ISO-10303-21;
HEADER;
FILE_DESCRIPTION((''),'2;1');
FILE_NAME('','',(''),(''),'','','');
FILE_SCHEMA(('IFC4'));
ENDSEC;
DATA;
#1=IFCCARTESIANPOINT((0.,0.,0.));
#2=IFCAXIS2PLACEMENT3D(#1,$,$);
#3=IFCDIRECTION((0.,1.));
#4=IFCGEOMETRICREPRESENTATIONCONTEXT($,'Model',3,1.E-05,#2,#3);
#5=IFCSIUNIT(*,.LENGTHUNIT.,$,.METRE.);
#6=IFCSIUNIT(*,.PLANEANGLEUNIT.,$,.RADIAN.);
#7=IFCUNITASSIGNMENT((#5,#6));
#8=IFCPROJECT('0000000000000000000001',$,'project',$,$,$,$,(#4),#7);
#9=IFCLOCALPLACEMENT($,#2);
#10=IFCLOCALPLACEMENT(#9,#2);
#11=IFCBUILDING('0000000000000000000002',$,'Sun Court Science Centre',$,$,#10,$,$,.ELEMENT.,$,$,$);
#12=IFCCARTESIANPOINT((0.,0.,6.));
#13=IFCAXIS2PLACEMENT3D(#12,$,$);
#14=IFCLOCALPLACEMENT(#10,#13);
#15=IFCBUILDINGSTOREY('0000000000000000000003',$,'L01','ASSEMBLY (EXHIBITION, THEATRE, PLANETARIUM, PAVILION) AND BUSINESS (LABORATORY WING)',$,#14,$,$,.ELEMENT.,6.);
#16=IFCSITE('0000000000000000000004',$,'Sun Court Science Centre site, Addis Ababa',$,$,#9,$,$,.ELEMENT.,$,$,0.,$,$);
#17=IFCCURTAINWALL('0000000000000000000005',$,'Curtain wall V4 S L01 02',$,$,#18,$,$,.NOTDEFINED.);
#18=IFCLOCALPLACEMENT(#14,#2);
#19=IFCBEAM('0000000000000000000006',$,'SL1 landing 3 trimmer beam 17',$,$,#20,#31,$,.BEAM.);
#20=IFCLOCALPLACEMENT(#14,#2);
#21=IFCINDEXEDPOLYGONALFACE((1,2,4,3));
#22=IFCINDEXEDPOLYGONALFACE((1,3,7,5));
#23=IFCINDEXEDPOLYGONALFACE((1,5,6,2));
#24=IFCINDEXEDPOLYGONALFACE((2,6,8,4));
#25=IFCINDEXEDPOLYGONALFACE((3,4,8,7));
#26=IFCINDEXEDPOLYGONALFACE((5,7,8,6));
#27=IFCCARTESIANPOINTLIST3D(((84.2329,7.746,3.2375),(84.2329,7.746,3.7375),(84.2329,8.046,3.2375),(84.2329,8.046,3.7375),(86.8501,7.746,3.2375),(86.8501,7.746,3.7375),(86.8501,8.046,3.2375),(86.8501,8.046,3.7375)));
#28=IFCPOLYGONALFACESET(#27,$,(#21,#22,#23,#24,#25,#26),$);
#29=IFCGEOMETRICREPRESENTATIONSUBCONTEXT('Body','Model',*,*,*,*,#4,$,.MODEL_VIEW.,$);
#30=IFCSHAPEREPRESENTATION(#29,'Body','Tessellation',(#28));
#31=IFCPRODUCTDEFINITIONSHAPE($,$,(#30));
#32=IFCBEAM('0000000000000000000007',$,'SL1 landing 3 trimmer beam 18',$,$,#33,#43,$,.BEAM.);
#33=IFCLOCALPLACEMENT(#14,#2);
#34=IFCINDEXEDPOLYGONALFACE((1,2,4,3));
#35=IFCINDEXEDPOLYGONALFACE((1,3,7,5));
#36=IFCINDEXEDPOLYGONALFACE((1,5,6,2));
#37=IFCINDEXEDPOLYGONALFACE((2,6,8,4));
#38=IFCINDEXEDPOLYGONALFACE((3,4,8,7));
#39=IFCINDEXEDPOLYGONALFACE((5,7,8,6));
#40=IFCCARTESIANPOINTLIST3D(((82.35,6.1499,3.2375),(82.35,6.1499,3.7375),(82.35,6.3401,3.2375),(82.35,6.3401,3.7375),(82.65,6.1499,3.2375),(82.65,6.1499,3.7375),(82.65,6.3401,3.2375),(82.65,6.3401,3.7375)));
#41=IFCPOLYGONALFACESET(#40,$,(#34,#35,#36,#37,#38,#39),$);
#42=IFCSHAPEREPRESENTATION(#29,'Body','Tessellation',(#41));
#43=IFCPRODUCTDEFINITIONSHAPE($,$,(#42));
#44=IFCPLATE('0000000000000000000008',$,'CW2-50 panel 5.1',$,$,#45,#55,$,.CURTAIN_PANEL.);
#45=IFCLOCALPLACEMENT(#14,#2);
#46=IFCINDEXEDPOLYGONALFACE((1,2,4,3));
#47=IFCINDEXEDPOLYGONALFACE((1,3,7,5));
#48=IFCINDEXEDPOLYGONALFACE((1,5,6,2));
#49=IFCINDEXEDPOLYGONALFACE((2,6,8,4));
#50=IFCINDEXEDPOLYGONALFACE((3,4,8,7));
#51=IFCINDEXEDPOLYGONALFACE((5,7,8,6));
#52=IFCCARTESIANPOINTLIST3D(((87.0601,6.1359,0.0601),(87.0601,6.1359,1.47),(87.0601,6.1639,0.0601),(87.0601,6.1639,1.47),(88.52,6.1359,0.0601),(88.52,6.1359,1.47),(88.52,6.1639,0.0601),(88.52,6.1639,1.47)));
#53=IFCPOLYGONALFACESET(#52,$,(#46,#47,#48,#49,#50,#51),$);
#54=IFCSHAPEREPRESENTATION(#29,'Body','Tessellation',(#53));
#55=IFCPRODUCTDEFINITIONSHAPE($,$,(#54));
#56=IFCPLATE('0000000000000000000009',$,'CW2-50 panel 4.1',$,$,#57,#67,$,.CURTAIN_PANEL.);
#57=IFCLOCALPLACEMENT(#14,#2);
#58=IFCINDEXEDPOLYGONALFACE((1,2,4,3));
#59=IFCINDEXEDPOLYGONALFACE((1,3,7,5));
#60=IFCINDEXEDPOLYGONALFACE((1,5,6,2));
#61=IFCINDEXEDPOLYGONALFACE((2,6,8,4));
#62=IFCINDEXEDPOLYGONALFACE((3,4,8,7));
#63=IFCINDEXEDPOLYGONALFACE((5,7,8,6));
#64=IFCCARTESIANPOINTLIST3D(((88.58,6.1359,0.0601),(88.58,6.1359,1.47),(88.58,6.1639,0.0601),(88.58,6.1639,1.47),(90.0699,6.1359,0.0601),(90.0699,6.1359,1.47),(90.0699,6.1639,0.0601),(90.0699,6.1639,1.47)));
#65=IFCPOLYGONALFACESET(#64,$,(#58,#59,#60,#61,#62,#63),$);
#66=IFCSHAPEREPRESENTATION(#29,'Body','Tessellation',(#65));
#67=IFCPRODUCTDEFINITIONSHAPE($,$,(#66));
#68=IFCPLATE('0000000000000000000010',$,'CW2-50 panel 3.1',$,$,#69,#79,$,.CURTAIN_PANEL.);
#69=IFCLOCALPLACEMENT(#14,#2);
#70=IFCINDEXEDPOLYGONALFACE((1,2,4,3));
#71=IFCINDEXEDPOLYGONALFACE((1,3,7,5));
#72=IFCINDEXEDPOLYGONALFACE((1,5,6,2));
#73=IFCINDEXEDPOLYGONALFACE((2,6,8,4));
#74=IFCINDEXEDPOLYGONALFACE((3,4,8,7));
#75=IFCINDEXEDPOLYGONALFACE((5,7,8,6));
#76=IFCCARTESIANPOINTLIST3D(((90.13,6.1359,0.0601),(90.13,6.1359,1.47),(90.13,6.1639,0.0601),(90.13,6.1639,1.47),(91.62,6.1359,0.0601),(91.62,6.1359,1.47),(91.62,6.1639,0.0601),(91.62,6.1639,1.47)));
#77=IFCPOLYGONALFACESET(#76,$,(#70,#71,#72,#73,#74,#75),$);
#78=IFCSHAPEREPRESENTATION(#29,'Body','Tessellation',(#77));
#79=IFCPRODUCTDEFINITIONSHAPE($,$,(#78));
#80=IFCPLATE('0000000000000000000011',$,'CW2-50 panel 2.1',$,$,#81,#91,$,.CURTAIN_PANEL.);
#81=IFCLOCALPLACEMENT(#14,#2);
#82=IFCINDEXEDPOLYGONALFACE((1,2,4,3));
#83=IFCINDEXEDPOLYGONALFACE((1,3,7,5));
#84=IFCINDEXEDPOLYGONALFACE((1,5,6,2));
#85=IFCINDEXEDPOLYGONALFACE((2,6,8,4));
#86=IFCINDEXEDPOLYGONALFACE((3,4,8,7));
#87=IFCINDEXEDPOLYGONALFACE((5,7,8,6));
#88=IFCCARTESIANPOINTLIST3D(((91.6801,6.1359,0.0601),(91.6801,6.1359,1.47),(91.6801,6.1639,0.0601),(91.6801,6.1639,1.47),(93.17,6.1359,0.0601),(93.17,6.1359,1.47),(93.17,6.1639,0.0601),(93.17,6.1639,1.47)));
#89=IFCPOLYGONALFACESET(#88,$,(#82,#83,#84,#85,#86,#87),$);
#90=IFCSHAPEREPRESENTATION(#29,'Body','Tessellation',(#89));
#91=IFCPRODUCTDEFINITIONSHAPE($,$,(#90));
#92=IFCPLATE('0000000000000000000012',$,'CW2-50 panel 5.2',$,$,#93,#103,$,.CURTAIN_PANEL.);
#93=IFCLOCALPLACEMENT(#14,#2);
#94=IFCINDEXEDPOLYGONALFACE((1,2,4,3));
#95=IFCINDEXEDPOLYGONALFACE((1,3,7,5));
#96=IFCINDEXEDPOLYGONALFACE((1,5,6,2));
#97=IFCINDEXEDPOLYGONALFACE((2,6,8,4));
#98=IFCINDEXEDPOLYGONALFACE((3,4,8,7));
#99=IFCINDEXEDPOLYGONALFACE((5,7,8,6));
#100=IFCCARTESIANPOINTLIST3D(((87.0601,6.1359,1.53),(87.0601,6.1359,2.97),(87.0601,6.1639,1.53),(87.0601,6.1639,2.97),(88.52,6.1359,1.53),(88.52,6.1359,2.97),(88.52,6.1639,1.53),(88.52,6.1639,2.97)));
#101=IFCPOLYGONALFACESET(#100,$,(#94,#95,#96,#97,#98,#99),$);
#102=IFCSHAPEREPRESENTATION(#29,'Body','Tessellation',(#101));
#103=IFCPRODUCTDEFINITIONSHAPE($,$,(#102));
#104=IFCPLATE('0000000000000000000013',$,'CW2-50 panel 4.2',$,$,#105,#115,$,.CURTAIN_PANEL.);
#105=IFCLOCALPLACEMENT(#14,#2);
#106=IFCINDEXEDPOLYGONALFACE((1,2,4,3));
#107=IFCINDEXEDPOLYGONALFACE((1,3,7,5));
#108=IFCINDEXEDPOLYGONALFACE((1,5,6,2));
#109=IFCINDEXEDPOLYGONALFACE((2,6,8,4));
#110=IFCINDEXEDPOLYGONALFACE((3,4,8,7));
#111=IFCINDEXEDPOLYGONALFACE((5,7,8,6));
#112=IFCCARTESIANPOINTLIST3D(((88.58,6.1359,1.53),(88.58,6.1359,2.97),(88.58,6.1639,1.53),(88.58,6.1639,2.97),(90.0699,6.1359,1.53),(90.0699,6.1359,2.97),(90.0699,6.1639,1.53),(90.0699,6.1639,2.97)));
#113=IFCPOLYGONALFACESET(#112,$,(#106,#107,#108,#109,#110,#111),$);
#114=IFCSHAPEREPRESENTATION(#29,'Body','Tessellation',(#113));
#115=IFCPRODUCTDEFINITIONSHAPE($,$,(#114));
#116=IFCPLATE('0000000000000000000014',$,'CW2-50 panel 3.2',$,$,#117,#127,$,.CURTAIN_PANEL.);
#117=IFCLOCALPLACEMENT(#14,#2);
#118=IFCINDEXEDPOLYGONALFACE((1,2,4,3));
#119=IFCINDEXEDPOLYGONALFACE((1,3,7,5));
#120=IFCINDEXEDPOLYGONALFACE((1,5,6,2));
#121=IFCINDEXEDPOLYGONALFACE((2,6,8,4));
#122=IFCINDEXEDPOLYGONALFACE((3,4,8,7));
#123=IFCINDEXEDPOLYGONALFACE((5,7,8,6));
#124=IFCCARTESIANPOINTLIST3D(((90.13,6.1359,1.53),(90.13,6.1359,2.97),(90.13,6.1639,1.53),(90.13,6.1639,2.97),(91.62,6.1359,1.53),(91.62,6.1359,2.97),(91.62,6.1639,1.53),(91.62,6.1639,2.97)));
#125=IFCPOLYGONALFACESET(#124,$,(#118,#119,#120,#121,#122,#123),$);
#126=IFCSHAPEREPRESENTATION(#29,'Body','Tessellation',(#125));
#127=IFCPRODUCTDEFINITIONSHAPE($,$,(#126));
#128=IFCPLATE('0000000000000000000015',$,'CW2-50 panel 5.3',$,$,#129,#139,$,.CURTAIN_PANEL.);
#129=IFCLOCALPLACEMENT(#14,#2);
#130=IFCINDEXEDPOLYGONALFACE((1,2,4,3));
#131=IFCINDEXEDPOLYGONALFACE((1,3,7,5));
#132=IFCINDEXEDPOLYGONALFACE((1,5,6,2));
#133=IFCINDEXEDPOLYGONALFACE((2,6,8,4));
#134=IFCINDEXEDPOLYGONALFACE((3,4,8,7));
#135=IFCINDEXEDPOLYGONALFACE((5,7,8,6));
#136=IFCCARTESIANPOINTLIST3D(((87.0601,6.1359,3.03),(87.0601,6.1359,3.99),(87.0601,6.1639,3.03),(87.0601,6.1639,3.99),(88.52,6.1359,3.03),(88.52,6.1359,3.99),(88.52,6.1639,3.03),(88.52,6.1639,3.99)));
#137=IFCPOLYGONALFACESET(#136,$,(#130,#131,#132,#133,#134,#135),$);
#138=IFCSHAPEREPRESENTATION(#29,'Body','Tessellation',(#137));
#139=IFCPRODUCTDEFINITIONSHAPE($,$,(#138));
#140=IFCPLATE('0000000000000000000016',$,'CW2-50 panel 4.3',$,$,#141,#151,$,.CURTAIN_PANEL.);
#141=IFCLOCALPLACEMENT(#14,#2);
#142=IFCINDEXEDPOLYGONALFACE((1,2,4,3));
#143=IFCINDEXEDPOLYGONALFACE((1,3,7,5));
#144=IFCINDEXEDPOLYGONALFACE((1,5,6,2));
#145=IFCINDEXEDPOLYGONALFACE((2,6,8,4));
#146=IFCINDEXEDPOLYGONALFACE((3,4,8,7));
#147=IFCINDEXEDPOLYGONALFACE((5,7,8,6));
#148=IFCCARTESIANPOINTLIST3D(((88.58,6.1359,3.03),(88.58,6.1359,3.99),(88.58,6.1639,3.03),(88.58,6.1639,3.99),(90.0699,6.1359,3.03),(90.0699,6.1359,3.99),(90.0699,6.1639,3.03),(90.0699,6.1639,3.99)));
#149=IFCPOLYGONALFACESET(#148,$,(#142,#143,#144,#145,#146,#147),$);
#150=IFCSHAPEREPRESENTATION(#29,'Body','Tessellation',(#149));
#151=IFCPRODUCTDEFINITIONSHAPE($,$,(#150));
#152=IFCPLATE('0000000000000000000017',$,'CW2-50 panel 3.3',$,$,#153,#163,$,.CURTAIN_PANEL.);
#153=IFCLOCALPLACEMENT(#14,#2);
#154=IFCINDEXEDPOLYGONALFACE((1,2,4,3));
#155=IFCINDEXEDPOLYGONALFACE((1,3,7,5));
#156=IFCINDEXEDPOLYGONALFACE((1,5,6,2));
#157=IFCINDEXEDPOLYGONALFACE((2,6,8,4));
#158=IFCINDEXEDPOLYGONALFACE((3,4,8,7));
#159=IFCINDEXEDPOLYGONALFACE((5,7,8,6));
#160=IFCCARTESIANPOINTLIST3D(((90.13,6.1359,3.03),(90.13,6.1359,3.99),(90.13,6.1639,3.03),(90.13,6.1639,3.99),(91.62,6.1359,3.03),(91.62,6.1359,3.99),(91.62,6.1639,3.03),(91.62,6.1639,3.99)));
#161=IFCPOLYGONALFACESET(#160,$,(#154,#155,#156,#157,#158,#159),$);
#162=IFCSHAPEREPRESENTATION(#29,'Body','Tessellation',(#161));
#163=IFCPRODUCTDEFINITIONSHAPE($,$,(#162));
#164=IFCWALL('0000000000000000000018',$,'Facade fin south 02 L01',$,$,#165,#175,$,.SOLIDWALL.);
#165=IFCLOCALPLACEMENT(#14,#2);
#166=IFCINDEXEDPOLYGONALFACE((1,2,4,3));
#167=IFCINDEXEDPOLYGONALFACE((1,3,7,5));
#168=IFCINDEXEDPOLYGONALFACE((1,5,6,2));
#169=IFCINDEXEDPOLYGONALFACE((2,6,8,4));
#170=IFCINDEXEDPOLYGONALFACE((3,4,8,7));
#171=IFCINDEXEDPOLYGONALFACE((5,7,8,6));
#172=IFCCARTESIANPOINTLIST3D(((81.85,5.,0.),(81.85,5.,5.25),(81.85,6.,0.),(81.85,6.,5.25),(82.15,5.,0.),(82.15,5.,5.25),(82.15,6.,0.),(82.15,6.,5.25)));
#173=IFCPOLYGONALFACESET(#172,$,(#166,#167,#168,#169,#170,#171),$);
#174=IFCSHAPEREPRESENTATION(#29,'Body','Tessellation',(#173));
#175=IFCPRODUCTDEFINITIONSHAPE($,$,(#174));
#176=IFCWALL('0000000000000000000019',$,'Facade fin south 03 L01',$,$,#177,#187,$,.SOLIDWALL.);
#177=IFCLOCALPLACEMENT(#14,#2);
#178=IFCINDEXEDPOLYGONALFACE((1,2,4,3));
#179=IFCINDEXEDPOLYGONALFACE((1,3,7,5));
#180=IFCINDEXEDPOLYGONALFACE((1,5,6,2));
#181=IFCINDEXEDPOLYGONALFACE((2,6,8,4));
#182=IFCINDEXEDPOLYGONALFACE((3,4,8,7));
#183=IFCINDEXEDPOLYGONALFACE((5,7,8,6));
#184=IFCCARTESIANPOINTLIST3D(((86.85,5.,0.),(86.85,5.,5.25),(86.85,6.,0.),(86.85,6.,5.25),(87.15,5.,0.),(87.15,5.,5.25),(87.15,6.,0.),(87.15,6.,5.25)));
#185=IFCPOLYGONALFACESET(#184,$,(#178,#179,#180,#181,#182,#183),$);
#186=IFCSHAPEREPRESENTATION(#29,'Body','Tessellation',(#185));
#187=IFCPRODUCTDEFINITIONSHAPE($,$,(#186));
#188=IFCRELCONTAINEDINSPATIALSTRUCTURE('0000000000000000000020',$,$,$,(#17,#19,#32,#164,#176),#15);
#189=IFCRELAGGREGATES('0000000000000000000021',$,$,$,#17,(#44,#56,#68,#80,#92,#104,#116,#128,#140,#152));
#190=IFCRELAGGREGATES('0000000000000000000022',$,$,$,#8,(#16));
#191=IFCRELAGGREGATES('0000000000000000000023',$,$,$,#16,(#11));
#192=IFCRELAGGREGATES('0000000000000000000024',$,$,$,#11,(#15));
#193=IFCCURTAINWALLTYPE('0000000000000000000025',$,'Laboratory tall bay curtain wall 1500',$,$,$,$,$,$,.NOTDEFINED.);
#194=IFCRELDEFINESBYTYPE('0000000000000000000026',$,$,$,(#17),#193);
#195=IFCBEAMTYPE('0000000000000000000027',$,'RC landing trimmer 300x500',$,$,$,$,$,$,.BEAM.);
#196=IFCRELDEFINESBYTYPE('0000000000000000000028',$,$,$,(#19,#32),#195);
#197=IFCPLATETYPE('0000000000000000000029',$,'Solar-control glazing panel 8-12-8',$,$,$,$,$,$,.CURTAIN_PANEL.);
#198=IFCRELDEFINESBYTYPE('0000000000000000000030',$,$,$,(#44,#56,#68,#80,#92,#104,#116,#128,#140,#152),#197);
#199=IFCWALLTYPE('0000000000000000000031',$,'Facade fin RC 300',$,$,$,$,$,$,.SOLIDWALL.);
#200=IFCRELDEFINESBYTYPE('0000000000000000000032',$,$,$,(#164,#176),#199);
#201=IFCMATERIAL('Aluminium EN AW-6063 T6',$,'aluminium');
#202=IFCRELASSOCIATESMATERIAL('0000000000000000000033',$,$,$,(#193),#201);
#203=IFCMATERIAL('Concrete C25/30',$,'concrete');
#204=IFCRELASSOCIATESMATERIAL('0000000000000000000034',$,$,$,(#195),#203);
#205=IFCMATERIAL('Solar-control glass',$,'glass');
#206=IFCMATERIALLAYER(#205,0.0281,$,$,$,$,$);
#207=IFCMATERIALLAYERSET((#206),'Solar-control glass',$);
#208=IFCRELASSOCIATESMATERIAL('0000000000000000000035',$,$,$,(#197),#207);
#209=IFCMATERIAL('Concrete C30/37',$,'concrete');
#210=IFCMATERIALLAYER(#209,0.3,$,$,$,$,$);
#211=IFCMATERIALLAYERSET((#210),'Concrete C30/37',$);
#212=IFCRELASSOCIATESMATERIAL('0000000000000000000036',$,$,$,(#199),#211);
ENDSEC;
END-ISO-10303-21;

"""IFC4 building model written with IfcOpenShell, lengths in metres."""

from ifc_helpers import new_model, si_unit, direction, frame, frame_2d, origin, origin_2d, place, context, subcontext, project, spatial, rectangle, extrude, material, layer, layer_set, material_profile, profile_set, type_object, element, aggregate, save


model = new_model("IFC4")

# Units and contexts
model_context = context("Model", 3, precision=1e-05, world=origin(), true_north=direction((0.0, 1.0)))
body_context = subcontext(model_context, "Body", "Model", "MODEL_VIEW")
ifc_project = project(units=[si_unit("LENGTHUNIT", "METRE"), si_unit("PLANEANGLEUNIT", "RADIAN")], contexts=[model_context])

# Site, building, storey
site_placement = place(None, origin())
site = spatial("IfcSite", under=ifc_project, at=site_placement, Name="Sun Court Science Centre site, Addis Ababa", CompositionType="ELEMENT", RefElevation=0.0)
building_placement = place(site_placement, origin())
building = spatial("IfcBuilding", under=site, at=building_placement, Name="Sun Court Science Centre", CompositionType="ELEMENT")
storey_placement = place(building_placement, frame((0.0, 0.0, 6.0)))
storey = spatial("IfcBuildingStorey", under=building, at=storey_placement, Name="L01", Description="ASSEMBLY (EXHIBITION, THEATRE, PLANETARIUM, PAVILION) AND BUSINESS (LABORATORY WING)", CompositionType="ELEMENT", Elevation=6.0)

# Curtain wall
ifc_material_1 = material(Name="Aluminium EN AW-6063 T6", Category="aluminium")
curtain_wall_type = type_object("IfcCurtainWallType", Name="Laboratory tall bay curtain wall 1500", PredefinedType="NOTDEFINED", material=ifc_material_1)
curtain_wall_placement = place(storey_placement, origin())
curtain_wall = element("IfcCurtainWall", 1, at=curtain_wall_placement, inside=storey, type_object=curtain_wall_type, Name="Curtain wall V4 S L01 02", PredefinedType="NOTDEFINED")

# Beams
ifc_material_2 = material(Name="Concrete C25/30", Category="concrete")
ifc_material_profile_1 = material_profile(ifc_material_2, rectangle(XDim=0.3, YDim=0.5, at=origin_2d()), Name="RC 300x500")
ifc_profile_set_1 = profile_set([ifc_material_profile_1], Name="Concrete C25/30")
beam_type_1 = type_object("IfcBeamType", Name="RC landing trimmer 300x500", PredefinedType="BEAM", material=ifc_profile_set_1)
beam_1_placement = place(storey_placement, frame((86.8501, 7.896, 3.4875), z_axis=(-1.0, 0.0, 0.0), x_axis=(0.0, -1.0, 0.0)))
element("IfcBeam", 2, at=beam_1_placement, inside=storey, type_object=beam_type_1, Name="SL1 landing 3 trimmer beam 17", PredefinedType="BEAM", context=body_context, shape_type="SweptSolid", body=[
    extrude(rectangle(XDim=0.3, YDim=0.5, at=origin_2d()), origin(), (0.0, 0.0, 1.0), 2.6172),
])
beam_2_placement = place(storey_placement, frame((82.5, 6.1499, 3.4875), z_axis=(0.0, 1.0, 0.0), x_axis=(-1.0, 0.0, 0.0)))
element("IfcBeam", 3, at=beam_2_placement, inside=storey, type_object=beam_type_1, Name="SL1 landing 3 trimmer beam 18", PredefinedType="BEAM", context=body_context, shape_type="SweptSolid", body=[
    extrude(rectangle(XDim=0.3, YDim=0.5, at=origin_2d()), origin(), (0.0, 0.0, 1.0), 0.1902),
])

# Plates
ifc_material_3 = material(Name="Solar-control glass", Category="glass")
ifc_layer_1 = layer(ifc_material_3, 0.0281)
ifc_layer_set_1 = layer_set([ifc_layer_1], Name="Solar-control glass")
plate_type = type_object("IfcPlateType", Name="Solar-control glazing panel 8-12-8", PredefinedType="CURTAIN_PANEL", material=ifc_layer_set_1)
plate_1_placement = place(storey_placement, frame((87.79, 6.1499, 0.0601), z_axis=(0.0, 0.0, 1.0), x_axis=(-1.0, 0.0, 0.0)))
plate_1 = element("IfcPlate", 4, at=plate_1_placement, type_object=plate_type, Name="CW2-50 panel 5.1", PredefinedType="CURTAIN_PANEL", context=body_context, shape_type="SweptSolid", body=[
    extrude(rectangle(XDim=1.46, YDim=0.0281, at=origin_2d()), origin(), (0.0, 0.0, 1.0), 1.4099),
])
plate_2_placement = place(storey_placement, frame((89.325, 6.1499, 0.0601), z_axis=(0.0, 0.0, 1.0), x_axis=(-1.0, 0.0, 0.0)))
plate_2 = element("IfcPlate", 5, at=plate_2_placement, type_object=plate_type, Name="CW2-50 panel 4.1", PredefinedType="CURTAIN_PANEL", context=body_context, shape_type="SweptSolid", body=[
    extrude(rectangle(XDim=1.49, YDim=0.0281, at=origin_2d()), origin(), (0.0, 0.0, 1.0), 1.4099),
])
plate_3_placement = place(storey_placement, frame((90.875, 6.1499, 0.0601), z_axis=(0.0, 0.0, 1.0), x_axis=(-1.0, 0.0, 0.0)))
plate_3 = element("IfcPlate", 6, at=plate_3_placement, type_object=plate_type, Name="CW2-50 panel 3.1", PredefinedType="CURTAIN_PANEL", context=body_context, shape_type="SweptSolid", body=[
    extrude(rectangle(XDim=1.49, YDim=0.0281, at=origin_2d()), origin(), (0.0, 0.0, 1.0), 1.4099),
])
plate_4_placement = place(storey_placement, frame((92.425, 6.1499, 0.0601), z_axis=(0.0, 0.0, 1.0), x_axis=(-1.0, 0.0, 0.0)))
plate_4 = element("IfcPlate", 7, at=plate_4_placement, type_object=plate_type, Name="CW2-50 panel 2.1", PredefinedType="CURTAIN_PANEL", context=body_context, shape_type="SweptSolid", body=[
    extrude(rectangle(XDim=1.49, YDim=0.0281, at=origin_2d()), origin(), (0.0, 0.0, 1.0), 1.4099),
])
plate_5_placement = place(storey_placement, frame((87.79, 6.1499, 1.53), z_axis=(0.0, 0.0, 1.0), x_axis=(-1.0, 0.0, 0.0)))
plate_5 = element("IfcPlate", 8, at=plate_5_placement, type_object=plate_type, Name="CW2-50 panel 5.2", PredefinedType="CURTAIN_PANEL", context=body_context, shape_type="SweptSolid", body=[
    extrude(rectangle(XDim=1.46, YDim=0.0281, at=origin_2d()), origin(), (0.0, 0.0, 1.0), 1.4399),
])
plate_6_placement = place(storey_placement, frame((89.325, 6.1499, 1.53), z_axis=(0.0, 0.0, 1.0), x_axis=(-1.0, 0.0, 0.0)))
plate_6 = element("IfcPlate", 9, at=plate_6_placement, type_object=plate_type, Name="CW2-50 panel 4.2", PredefinedType="CURTAIN_PANEL", context=body_context, shape_type="SweptSolid", body=[
    extrude(rectangle(XDim=1.49, YDim=0.0281, at=origin_2d()), origin(), (0.0, 0.0, 1.0), 1.4399),
])
plate_7_placement = place(storey_placement, frame((90.875, 6.1499, 1.53), z_axis=(0.0, 0.0, 1.0), x_axis=(-1.0, 0.0, 0.0)))
plate_7 = element("IfcPlate", 10, at=plate_7_placement, type_object=plate_type, Name="CW2-50 panel 3.2", PredefinedType="CURTAIN_PANEL", context=body_context, shape_type="SweptSolid", body=[
    extrude(rectangle(XDim=1.49, YDim=0.0281, at=origin_2d()), origin(), (0.0, 0.0, 1.0), 1.4399),
])
plate_8_placement = place(storey_placement, frame((87.79, 6.1499, 3.03), z_axis=(0.0, 0.0, 1.0), x_axis=(-1.0, 0.0, 0.0)))
plate_8 = element("IfcPlate", 11, at=plate_8_placement, type_object=plate_type, Name="CW2-50 panel 5.3", PredefinedType="CURTAIN_PANEL", context=body_context, shape_type="SweptSolid", body=[
    extrude(rectangle(XDim=1.46, YDim=0.0281, at=origin_2d()), origin(), (0.0, 0.0, 1.0), 0.96),
])
plate_9_placement = place(storey_placement, frame((89.325, 6.1499, 3.03), z_axis=(0.0, 0.0, 1.0), x_axis=(-1.0, 0.0, 0.0)))
plate_9 = element("IfcPlate", 12, at=plate_9_placement, type_object=plate_type, Name="CW2-50 panel 4.3", PredefinedType="CURTAIN_PANEL", context=body_context, shape_type="SweptSolid", body=[
    extrude(rectangle(XDim=1.49, YDim=0.0281, at=origin_2d()), origin(), (0.0, 0.0, 1.0), 0.96),
])
plate_10_placement = place(storey_placement, frame((90.875, 6.1499, 3.03), z_axis=(0.0, 0.0, 1.0), x_axis=(-1.0, 0.0, 0.0)))
plate_10 = element("IfcPlate", 13, at=plate_10_placement, type_object=plate_type, Name="CW2-50 panel 3.3", PredefinedType="CURTAIN_PANEL", context=body_context, shape_type="SweptSolid", body=[
    extrude(rectangle(XDim=1.49, YDim=0.0281, at=origin_2d()), origin(), (0.0, 0.0, 1.0), 0.96),
])
aggregate(curtain_wall, [plate_1, plate_2, plate_3, plate_4, plate_5, plate_6, plate_7, plate_8, plate_9, plate_10])

# Walls
ifc_material_4 = material(Name="Concrete C30/37", Category="concrete")
ifc_layer_2 = layer(ifc_material_4, 0.3)
ifc_layer_set_2 = layer_set([ifc_layer_2], Name="Concrete C30/37")
wall_type_1 = type_object("IfcWallType", Name="Facade fin RC 300", PredefinedType="SOLIDWALL", material=ifc_layer_set_2)
for number, where, z_axis, x_axis, name in (
    (14, (82.0, 6.0, 0.0), (0.0, 0.0, 1.0), (0.0, -1.0, 0.0), "Facade fin south 02 L01"),
    (15, (87.0, 6.0, 0.0), (0.0, 0.0, 1.0), (0.0, -1.0, 0.0), "Facade fin south 03 L01"),
):
    element("IfcWall", number, at=place(storey_placement, frame(where, z_axis=z_axis, x_axis=x_axis)), inside=storey, type_object=wall_type_1, Name=name, PredefinedType="SOLIDWALL", context=body_context, shape_type="SweptSolid", body=[
        extrude(rectangle(XDim=1.0, YDim=0.3, at=frame_2d((0.5, 0.0))), origin(), (0.0, 0.0, 1.0), 5.25),
    ])

save(model, "model.ifc")
